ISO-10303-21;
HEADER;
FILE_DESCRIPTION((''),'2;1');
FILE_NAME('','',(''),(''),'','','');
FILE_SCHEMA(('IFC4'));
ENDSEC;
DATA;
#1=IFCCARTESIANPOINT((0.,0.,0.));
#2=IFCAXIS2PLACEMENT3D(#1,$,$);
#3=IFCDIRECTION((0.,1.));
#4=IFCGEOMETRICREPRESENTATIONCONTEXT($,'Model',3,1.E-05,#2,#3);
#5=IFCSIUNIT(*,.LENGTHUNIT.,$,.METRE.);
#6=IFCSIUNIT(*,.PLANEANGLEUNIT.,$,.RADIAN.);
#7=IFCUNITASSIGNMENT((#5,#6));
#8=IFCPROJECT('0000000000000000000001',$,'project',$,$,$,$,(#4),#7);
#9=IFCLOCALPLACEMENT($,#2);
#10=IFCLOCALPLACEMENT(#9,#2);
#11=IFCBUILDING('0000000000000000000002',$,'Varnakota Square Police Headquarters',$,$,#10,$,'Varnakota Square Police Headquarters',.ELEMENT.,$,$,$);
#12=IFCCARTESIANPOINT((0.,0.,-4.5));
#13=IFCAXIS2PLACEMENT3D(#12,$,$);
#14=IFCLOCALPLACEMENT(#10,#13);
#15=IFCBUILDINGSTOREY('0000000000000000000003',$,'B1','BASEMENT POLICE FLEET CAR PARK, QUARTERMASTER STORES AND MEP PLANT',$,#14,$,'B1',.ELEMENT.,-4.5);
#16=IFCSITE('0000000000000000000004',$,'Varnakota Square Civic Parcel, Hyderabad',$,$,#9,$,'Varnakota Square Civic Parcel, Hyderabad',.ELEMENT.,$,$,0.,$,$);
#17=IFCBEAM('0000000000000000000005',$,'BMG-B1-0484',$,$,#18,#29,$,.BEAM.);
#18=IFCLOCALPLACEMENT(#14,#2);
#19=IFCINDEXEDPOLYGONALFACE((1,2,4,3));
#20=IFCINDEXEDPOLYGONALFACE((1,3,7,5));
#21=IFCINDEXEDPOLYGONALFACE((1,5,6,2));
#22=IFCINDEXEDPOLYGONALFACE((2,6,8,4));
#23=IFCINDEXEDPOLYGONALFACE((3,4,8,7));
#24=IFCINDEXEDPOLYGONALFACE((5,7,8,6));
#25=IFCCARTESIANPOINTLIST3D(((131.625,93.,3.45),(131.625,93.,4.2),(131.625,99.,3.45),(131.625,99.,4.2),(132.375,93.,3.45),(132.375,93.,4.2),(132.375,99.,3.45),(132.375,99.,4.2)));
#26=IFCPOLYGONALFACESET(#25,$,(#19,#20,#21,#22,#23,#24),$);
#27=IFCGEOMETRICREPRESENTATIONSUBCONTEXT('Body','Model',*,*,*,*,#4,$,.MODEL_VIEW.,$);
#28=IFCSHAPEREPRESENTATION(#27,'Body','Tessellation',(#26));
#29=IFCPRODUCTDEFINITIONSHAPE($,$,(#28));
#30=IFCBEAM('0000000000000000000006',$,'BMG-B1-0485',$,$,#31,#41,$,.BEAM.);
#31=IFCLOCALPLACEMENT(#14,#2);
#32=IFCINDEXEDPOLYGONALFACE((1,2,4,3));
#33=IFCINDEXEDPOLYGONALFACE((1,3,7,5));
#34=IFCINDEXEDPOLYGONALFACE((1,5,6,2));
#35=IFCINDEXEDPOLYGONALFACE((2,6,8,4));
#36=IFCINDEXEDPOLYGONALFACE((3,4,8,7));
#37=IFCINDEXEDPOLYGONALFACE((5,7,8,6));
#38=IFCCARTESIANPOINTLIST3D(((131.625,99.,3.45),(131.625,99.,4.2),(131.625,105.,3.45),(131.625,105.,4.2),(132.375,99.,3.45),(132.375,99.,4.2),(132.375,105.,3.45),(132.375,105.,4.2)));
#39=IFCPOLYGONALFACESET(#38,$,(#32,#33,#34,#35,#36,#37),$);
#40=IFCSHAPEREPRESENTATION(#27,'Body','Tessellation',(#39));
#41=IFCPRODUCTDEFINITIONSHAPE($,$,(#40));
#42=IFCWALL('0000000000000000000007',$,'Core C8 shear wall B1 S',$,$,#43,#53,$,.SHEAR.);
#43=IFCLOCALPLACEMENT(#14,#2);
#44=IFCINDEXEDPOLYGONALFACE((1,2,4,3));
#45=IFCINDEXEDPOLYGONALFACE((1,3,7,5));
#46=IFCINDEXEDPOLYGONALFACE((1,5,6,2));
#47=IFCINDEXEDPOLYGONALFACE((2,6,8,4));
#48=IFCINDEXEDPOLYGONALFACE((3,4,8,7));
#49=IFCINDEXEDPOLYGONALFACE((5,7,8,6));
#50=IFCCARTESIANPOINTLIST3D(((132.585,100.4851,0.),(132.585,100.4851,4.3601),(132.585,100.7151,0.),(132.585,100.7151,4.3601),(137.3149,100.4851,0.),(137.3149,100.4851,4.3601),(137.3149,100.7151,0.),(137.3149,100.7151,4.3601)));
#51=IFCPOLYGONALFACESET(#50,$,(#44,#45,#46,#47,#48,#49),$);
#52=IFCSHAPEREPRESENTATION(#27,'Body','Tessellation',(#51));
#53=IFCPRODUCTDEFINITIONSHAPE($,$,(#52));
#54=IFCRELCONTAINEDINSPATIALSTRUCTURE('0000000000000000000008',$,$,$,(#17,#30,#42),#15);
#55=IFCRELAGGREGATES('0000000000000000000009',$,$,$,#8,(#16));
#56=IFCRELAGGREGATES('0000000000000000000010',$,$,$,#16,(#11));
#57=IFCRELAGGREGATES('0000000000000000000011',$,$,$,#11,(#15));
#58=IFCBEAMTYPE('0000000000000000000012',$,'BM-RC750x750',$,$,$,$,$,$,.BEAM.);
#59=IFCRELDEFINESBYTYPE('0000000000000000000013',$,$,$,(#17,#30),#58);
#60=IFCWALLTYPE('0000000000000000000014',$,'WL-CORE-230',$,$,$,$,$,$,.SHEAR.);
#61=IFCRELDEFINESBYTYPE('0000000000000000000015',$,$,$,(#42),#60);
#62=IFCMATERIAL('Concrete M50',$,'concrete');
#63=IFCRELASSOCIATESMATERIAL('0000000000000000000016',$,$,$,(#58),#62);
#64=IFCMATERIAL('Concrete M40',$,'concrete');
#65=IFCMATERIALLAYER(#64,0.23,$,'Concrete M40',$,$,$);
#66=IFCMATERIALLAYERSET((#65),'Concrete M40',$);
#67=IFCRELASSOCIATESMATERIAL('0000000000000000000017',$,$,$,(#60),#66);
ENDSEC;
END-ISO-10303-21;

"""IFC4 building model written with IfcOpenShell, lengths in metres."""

from ifc_helpers import new_model, si_unit, direction, frame, frame_2d, origin, origin_2d, place, context, subcontext, project, spatial, rectangle, extrude, material, layer, layer_set, material_profile, profile_set, type_object, element, save


model = new_model("IFC4")

# Units and contexts
model_context = context("Model", 3, precision=1e-05, world=origin(), true_north=direction((0.0, 1.0)))
body_context = subcontext(model_context, "Body", "Model", "MODEL_VIEW")
ifc_project = project(units=[si_unit("LENGTHUNIT", "METRE"), si_unit("PLANEANGLEUNIT", "RADIAN")], contexts=[model_context])

# Site, building, storey
site_placement = place(None, origin())
site = spatial("IfcSite", under=ifc_project, at=site_placement, Name="Varnakota Square Civic Parcel, Hyderabad", LongName="Varnakota Square Civic Parcel, Hyderabad", CompositionType="ELEMENT", RefElevation=0.0)
building_placement = place(site_placement, origin())
building = spatial("IfcBuilding", under=site, at=building_placement, Name="Varnakota Square Police Headquarters", LongName="Varnakota Square Police Headquarters", CompositionType="ELEMENT")
storey_placement = place(building_placement, frame((0.0, 0.0, -4.5)))
storey = spatial("IfcBuildingStorey", under=building, at=storey_placement, Name="B1", Description="BASEMENT POLICE FLEET CAR PARK, QUARTERMASTER STORES AND MEP PLANT", LongName="B1", CompositionType="ELEMENT", Elevation=-4.5)

# Shared definitions
ifc_material_1 = material(Name="Concrete M40", Category="concrete")

# Shared definitions
ifc_material_2 = material(Name="Concrete M50", Category="concrete")

# Beams
ifc_material_profile_1 = material_profile(ifc_material_2, rectangle(XDim=0.75, YDim=0.75, at=origin_2d()), Name="RC 750x750")
ifc_profile_set_1 = profile_set([ifc_material_profile_1], Name="Concrete M50")
beam_type_1 = type_object("IfcBeamType", Name="BM-RC750x750", PredefinedType="BEAM", material=ifc_profile_set_1)
for number, where, z_axis, x_axis, name in (
    (1, (132.0, 93.0, 3.825), (0.0, 1.0, 0.0), (-1.0, 0.0, 0.0), "BMG-B1-0484"),
    (2, (132.0, 99.0, 3.825), (0.0, 1.0, 0.0), (-1.0, 0.0, 0.0), "BMG-B1-0485"),
):
    element("IfcBeam", number, at=place(storey_placement, frame(where, z_axis=z_axis, x_axis=x_axis)), inside=storey, type_object=beam_type_1, Name=name, PredefinedType="BEAM", context=body_context, shape_type="SweptSolid", body=[
        extrude(rectangle(XDim=0.75, YDim=0.75, at=origin_2d()), origin(), (0.0, 0.0, 1.0), 6.0),
    ])

# Wall
ifc_layer_1 = layer(ifc_material_1, 0.23, Name="Concrete M40")
ifc_layer_set_1 = layer_set([ifc_layer_1], Name="Concrete M40")
wall_type_1 = type_object("IfcWallType", Name="WL-CORE-230", PredefinedType="SHEAR", material=ifc_layer_set_1)
wall_1_placement = place(storey_placement, frame((132.585, 100.6001, 0.0), z_axis=(0.0, 0.0, 1.0), x_axis=(1.0, 0.0, 0.0)))
element("IfcWall", 3, at=wall_1_placement, inside=storey, type_object=wall_type_1, Name="Core C8 shear wall B1 S", PredefinedType="SHEAR", context=body_context, shape_type="SweptSolid", body=[
    extrude(rectangle(XDim=4.73, YDim=0.23, at=frame_2d((2.365, 0.0))), origin(), (0.0, 0.0, 1.0), 4.3601),
])

save(model, "model.ifc")
